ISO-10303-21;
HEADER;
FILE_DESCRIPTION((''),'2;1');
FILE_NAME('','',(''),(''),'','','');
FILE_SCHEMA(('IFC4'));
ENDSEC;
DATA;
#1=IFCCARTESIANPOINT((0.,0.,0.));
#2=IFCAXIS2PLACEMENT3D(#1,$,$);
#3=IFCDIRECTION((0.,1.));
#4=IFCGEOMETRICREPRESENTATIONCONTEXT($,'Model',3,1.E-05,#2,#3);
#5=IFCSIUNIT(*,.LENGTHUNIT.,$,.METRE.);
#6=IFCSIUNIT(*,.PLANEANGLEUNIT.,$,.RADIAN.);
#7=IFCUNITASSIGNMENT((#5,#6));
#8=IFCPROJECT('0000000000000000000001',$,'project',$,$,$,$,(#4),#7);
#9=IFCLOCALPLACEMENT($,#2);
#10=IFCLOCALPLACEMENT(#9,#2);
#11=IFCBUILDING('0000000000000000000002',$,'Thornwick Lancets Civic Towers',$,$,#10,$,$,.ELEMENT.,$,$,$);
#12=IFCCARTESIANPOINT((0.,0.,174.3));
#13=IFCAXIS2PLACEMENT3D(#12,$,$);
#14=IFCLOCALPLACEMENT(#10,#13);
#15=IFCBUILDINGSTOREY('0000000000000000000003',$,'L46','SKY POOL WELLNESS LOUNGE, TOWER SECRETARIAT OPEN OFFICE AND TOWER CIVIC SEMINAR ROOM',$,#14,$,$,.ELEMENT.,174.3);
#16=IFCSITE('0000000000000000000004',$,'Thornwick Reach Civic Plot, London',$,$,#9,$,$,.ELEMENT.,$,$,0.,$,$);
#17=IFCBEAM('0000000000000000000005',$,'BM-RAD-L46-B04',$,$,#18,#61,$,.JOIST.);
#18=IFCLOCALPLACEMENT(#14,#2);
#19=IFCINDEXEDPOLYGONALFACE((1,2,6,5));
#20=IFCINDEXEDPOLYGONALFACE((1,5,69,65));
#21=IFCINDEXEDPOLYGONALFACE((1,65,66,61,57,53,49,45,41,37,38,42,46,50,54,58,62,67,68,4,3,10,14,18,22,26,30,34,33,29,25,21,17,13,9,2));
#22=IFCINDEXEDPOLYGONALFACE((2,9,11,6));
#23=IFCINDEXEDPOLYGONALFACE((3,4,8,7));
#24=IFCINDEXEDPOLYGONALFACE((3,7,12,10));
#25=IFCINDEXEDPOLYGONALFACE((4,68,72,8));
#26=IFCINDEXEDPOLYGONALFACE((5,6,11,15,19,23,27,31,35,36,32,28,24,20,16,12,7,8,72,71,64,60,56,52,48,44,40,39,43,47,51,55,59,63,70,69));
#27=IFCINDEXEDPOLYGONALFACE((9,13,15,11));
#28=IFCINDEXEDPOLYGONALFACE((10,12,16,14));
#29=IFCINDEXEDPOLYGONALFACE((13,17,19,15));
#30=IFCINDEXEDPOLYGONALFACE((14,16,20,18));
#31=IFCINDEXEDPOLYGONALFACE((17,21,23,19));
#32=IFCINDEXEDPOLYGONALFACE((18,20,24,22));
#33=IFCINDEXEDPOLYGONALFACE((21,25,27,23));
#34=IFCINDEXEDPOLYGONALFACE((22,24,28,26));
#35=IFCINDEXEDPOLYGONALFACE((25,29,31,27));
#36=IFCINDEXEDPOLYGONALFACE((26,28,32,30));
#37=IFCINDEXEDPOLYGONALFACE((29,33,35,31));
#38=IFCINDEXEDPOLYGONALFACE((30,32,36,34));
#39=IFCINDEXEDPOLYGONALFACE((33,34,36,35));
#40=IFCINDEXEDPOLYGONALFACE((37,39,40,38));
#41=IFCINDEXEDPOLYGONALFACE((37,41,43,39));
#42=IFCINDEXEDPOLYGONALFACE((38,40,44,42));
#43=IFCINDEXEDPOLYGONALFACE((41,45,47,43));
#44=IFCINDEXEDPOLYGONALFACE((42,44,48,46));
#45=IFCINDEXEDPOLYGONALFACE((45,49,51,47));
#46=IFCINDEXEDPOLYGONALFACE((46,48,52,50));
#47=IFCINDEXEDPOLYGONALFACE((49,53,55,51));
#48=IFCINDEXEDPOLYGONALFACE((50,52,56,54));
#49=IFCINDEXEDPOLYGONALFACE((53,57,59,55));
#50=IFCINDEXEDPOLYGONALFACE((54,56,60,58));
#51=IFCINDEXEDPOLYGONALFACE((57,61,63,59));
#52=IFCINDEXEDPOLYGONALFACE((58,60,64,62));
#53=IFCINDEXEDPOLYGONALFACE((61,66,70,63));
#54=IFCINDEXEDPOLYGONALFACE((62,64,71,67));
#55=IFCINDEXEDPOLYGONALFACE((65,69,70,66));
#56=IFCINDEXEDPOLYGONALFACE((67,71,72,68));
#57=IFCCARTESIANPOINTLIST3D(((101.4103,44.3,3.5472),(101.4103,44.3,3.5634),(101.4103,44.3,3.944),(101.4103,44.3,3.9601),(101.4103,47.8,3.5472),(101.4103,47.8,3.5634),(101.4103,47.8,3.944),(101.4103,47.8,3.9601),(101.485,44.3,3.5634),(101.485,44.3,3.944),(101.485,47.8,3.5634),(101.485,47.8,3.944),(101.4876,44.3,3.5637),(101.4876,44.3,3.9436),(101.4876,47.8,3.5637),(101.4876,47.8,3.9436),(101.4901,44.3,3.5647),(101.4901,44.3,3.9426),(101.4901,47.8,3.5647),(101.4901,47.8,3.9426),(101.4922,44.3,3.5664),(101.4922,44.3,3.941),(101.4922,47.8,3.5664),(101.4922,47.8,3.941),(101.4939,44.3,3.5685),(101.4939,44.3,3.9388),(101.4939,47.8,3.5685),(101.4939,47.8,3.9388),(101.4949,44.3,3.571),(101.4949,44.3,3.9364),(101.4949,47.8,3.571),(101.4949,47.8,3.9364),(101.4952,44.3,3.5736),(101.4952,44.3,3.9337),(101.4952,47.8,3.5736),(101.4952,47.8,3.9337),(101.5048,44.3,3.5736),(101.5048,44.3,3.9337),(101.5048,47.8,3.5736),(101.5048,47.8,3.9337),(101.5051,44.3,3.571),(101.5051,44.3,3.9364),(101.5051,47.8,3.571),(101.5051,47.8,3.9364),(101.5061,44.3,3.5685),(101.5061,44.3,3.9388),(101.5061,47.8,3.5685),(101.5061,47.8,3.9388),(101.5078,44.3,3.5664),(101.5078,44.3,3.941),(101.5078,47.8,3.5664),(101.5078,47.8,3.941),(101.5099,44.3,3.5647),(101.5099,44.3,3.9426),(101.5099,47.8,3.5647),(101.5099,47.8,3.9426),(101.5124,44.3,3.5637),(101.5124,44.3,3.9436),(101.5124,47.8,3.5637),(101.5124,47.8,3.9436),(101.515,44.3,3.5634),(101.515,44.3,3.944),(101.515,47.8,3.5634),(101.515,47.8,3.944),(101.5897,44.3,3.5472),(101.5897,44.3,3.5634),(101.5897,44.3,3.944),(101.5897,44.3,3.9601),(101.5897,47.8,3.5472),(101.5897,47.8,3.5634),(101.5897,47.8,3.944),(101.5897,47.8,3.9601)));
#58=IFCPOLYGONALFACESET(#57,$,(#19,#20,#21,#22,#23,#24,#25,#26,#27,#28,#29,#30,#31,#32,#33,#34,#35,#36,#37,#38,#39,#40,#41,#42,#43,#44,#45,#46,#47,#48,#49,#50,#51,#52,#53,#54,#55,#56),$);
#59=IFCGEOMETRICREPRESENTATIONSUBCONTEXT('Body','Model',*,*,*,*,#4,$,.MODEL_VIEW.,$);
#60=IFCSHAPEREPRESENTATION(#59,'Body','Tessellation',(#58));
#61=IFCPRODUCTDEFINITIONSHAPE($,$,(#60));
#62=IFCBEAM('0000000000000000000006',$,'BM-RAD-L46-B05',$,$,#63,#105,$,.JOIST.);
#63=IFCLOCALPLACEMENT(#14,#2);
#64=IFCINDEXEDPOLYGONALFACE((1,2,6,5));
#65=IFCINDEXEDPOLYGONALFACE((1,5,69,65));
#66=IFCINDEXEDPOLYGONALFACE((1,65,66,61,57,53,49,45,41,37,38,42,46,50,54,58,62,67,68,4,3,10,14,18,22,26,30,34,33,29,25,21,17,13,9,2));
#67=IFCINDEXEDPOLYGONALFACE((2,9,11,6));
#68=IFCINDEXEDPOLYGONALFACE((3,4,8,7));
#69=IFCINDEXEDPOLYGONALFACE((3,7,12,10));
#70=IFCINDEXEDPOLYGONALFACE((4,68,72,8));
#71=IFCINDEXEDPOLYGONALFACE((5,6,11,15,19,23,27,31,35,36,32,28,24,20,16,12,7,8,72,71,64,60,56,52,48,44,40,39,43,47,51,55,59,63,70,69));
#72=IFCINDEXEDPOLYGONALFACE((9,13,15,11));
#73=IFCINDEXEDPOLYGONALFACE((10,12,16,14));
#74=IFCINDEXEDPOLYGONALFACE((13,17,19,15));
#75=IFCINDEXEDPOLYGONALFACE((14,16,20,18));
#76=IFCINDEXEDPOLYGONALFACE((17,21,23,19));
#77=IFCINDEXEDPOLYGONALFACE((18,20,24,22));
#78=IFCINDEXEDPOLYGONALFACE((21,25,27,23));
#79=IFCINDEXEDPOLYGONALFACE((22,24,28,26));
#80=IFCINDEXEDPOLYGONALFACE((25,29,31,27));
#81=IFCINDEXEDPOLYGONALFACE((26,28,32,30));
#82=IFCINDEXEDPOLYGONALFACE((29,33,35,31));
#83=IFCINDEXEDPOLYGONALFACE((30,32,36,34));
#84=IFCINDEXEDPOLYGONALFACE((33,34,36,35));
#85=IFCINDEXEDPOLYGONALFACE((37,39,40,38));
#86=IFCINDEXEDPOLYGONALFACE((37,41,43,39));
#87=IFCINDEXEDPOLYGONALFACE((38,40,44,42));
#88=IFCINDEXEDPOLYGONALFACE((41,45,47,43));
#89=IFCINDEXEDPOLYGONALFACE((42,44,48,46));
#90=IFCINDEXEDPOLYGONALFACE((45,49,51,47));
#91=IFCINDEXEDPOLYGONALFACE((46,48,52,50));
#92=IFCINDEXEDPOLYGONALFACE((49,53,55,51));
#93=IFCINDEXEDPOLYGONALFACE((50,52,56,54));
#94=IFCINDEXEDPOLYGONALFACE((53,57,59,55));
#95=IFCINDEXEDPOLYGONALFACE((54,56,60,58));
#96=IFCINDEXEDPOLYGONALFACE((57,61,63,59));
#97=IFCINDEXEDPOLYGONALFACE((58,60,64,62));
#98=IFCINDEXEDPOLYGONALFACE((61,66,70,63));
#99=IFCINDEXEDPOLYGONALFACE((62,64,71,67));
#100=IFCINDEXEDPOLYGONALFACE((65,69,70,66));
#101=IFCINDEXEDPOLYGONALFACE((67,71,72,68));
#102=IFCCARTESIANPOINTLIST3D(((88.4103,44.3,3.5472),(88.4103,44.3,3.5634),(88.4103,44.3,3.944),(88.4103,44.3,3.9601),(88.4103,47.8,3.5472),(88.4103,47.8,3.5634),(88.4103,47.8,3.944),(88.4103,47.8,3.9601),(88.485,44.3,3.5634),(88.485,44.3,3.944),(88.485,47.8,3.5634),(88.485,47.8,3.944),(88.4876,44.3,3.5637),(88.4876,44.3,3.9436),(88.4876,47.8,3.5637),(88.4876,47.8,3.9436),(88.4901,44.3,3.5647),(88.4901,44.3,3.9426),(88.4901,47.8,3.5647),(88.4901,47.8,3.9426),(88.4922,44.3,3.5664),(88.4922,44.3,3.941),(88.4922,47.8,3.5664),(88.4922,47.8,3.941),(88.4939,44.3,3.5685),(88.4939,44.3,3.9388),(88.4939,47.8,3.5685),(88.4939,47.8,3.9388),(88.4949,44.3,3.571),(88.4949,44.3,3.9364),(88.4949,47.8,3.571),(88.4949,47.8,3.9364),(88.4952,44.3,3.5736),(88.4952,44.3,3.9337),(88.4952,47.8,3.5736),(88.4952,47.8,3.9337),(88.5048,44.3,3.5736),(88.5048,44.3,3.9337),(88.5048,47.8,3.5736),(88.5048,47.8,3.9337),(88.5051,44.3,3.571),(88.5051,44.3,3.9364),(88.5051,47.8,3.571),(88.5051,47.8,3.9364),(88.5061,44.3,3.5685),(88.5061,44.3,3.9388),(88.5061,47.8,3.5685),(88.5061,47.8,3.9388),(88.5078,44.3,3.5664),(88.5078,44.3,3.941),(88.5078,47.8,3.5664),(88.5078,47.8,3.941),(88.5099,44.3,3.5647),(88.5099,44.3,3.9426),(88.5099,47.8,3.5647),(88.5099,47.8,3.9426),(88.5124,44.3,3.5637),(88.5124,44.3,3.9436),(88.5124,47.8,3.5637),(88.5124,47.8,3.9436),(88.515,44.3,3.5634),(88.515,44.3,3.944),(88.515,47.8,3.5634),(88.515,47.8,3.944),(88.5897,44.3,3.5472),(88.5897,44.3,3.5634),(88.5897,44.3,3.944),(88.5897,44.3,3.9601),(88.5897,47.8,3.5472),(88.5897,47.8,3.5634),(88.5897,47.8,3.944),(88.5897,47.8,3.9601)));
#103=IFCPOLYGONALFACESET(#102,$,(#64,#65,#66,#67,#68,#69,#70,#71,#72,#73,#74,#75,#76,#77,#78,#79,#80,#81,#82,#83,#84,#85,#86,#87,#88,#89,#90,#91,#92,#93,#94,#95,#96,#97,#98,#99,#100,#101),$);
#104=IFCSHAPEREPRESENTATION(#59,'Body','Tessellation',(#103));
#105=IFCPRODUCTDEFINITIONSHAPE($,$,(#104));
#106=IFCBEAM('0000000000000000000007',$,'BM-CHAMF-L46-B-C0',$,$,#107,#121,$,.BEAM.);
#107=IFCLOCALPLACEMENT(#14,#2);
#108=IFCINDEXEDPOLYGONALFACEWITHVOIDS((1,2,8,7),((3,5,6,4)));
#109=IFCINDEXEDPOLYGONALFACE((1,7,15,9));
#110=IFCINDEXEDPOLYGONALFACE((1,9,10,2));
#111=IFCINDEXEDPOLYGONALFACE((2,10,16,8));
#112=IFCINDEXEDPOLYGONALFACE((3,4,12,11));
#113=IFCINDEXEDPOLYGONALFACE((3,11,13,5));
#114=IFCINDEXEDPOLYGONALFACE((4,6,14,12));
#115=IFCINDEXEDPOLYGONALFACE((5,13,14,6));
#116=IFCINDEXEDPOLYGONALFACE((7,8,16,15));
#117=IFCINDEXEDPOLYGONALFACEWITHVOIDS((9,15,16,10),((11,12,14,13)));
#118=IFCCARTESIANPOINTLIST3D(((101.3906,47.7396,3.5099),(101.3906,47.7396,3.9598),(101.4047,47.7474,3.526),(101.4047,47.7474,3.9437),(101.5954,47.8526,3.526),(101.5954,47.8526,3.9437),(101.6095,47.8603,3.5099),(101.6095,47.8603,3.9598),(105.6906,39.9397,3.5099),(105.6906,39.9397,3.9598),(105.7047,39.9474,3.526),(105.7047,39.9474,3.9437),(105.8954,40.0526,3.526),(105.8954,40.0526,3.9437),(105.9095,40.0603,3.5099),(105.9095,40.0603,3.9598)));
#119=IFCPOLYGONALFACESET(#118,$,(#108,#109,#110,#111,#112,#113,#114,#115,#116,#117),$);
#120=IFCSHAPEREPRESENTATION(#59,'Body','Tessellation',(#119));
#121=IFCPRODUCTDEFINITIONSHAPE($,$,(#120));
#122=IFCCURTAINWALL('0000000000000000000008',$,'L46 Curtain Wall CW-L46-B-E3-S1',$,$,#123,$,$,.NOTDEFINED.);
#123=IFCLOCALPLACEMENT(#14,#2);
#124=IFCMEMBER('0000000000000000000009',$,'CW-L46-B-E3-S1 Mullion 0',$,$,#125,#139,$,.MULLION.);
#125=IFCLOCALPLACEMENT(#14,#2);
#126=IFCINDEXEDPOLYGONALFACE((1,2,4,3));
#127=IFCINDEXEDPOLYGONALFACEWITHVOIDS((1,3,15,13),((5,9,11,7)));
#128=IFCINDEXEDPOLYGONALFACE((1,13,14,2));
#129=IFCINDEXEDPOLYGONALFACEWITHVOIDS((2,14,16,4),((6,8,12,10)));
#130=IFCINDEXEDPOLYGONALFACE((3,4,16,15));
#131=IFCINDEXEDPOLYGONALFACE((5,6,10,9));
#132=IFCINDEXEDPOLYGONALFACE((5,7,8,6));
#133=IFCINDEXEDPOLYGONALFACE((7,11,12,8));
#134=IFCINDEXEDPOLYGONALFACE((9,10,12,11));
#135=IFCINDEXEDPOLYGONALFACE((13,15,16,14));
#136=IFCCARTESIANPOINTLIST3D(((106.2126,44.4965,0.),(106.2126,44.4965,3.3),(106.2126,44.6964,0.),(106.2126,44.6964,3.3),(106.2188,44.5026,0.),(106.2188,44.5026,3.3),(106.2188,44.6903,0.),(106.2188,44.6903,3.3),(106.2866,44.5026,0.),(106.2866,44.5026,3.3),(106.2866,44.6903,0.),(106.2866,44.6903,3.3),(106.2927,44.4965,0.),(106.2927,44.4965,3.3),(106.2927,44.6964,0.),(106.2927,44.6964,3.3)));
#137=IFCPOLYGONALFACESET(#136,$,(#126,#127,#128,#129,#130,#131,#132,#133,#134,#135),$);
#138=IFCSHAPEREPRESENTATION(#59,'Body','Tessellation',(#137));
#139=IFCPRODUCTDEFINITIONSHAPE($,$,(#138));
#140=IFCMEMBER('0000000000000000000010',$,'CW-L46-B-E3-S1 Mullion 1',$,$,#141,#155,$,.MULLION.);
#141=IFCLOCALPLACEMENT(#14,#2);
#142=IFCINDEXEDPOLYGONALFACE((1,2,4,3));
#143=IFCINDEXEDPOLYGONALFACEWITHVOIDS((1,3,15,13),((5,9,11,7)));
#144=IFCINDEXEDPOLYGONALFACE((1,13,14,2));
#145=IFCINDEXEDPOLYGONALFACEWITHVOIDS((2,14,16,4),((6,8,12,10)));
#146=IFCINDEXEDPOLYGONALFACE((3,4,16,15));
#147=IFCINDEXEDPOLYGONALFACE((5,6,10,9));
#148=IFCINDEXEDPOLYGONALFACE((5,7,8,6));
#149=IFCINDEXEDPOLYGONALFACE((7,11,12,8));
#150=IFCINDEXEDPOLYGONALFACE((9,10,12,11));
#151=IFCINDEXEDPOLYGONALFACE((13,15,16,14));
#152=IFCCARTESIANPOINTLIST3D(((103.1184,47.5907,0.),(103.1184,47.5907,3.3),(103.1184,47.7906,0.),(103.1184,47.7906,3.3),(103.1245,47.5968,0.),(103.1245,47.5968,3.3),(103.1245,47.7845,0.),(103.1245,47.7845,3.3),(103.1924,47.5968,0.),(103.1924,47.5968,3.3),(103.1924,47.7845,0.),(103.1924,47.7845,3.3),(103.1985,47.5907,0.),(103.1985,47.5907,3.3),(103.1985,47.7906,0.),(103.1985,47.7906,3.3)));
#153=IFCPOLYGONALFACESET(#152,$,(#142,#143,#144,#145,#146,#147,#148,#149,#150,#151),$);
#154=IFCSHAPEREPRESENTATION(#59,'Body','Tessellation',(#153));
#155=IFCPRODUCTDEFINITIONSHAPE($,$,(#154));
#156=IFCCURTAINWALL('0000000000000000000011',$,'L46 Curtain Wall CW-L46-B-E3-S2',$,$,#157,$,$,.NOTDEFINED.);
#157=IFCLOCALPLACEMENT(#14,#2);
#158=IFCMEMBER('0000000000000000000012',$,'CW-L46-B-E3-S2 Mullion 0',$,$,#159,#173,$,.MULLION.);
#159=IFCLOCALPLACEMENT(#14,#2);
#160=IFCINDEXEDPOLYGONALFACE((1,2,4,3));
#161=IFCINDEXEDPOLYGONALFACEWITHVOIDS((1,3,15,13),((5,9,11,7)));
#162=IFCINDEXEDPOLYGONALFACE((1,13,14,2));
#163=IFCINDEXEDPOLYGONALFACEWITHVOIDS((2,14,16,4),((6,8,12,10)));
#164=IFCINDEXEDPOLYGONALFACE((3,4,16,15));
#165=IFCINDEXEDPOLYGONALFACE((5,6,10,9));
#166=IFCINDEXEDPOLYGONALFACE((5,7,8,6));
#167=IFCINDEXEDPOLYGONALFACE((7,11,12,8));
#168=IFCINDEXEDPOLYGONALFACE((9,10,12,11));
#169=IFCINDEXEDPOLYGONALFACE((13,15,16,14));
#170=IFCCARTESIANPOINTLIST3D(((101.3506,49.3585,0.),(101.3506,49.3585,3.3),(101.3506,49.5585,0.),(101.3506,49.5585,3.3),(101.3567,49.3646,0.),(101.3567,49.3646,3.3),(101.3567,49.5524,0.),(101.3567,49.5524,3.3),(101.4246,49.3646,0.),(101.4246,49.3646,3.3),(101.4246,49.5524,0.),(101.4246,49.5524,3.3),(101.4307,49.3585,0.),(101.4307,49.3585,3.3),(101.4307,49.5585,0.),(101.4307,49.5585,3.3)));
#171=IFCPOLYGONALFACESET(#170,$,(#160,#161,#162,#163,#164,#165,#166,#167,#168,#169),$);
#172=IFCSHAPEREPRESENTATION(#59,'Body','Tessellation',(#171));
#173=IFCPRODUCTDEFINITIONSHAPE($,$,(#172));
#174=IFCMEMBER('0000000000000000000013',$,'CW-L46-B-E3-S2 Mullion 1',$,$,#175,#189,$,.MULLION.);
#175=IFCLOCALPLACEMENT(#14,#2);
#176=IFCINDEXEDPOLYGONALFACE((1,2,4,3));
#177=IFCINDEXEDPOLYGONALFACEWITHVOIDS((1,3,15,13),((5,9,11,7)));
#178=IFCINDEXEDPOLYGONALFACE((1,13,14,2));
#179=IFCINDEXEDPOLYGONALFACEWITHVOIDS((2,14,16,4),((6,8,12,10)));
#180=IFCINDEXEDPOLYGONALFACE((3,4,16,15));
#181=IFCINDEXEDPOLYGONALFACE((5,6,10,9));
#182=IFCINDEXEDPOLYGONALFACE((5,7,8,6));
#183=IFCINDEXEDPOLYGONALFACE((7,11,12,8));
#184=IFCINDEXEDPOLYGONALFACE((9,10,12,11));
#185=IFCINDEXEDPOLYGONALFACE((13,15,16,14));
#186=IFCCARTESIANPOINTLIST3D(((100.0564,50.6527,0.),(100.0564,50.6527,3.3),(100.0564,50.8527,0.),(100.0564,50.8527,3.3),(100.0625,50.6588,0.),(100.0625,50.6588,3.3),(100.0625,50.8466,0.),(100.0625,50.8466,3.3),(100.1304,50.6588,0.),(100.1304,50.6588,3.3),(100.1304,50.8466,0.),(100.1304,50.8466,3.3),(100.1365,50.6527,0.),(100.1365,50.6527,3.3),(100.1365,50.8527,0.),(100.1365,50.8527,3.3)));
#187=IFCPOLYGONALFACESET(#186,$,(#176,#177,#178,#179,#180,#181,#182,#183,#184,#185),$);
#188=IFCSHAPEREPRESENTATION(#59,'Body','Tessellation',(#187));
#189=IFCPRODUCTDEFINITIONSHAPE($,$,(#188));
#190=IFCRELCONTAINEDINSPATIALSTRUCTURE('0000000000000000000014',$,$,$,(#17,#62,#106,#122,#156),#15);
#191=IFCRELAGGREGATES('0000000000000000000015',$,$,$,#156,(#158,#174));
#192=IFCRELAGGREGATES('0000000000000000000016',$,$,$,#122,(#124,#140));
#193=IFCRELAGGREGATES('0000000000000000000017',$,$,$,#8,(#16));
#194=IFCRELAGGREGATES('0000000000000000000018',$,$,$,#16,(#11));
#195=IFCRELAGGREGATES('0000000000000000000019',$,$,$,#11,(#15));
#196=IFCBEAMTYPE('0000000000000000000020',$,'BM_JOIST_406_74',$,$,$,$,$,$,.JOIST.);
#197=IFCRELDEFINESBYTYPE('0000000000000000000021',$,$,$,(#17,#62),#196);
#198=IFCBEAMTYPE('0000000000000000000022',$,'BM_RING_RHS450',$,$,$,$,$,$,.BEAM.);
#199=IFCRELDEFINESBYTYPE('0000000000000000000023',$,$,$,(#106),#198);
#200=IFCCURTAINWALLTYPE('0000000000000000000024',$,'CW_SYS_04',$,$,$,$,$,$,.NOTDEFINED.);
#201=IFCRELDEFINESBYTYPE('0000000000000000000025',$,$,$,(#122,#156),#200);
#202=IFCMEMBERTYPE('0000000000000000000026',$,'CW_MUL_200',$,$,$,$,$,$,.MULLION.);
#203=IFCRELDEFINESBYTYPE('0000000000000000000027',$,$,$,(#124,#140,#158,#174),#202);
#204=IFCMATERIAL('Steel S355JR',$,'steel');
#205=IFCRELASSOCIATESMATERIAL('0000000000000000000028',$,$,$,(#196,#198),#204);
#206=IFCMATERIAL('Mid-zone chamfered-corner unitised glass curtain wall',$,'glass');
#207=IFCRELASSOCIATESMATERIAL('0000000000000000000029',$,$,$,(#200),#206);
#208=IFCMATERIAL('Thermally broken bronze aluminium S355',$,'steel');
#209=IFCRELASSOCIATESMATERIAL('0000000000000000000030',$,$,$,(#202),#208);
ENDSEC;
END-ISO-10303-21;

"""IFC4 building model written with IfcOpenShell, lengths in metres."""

from ifc_helpers import new_model, si_unit, direction, frame, origin, origin_2d, place, context, subcontext, project, spatial, hollow_rectangle, i_section, extrude, material, material_profile, profile_set, type_object, element, aggregate, save


model = new_model("IFC4")

# Units and contexts
model_context = context("Model", 3, precision=1e-05, world=origin(), true_north=direction((0.0, 1.0)))
body_context = subcontext(model_context, "Body", "Model", "MODEL_VIEW")
ifc_project = project(units=[si_unit("LENGTHUNIT", "METRE"), si_unit("PLANEANGLEUNIT", "RADIAN")], contexts=[model_context])

# Site, building, storey
site_placement = place(None, origin())
site = spatial("IfcSite", under=ifc_project, at=site_placement, Name="Thornwick Reach Civic Plot, London", CompositionType="ELEMENT", RefElevation=0.0)
building_placement = place(site_placement, origin())
building = spatial("IfcBuilding", under=site, at=building_placement, Name="Thornwick Lancets Civic Towers", CompositionType="ELEMENT")
storey_placement = place(building_placement, frame((0.0, 0.0, 174.3)))
storey = spatial("IfcBuildingStorey", under=building, at=storey_placement, Name="L46", Description="SKY POOL WELLNESS LOUNGE, TOWER SECRETARIAT OPEN OFFICE AND TOWER CIVIC SEMINAR ROOM", CompositionType="ELEMENT", Elevation=174.3)

# Beams
ifc_material_1 = material(Name="Steel S355JR", Category="steel")
ifc_material_profile_1 = material_profile(ifc_material_1, i_section(OverallWidth=0.1794, OverallDepth=0.4128, WebThickness=0.0095, FlangeThickness=0.0161, FilletRadius=0.0103, at=origin_2d()), Name="UKB 406x178x74")
ifc_profile_set_1 = profile_set([ifc_material_profile_1], Name="Steel S355JR")
beam_type_1 = type_object("IfcBeamType", Name="BM_JOIST_406_74", PredefinedType="JOIST", material=ifc_profile_set_1)
for number, where, z_axis, x_axis, name in (
    (1, (101.5, 44.3, 3.7537), (0.0, 1.0, 0.0), (-1.0, 0.0, 0.0), "BM-RAD-L46-B04"),
    (2, (88.5, 44.3, 3.7537), (0.0, 1.0, 0.0), (-1.0, 0.0, 0.0), "BM-RAD-L46-B05"),
):
    element("IfcBeam", number, at=place(storey_placement, frame(where, z_axis=z_axis, x_axis=x_axis)), inside=storey, type_object=beam_type_1, Name=name, PredefinedType="JOIST", context=body_context, shape_type="SweptSolid", body=[
        extrude(i_section(OverallWidth=0.1794, OverallDepth=0.4128, WebThickness=0.0095, FlangeThickness=0.0161, FilletRadius=0.0103, at=origin_2d()), origin(), (0.0, 0.0, 1.0), 3.5),
    ])
ifc_material_profile_2 = material_profile(ifc_material_1, hollow_rectangle(XDim=0.25, YDim=0.45, WallThickness=0.0161, at=origin_2d()), Name="RHS 450x250x16")
ifc_profile_set_2 = profile_set([ifc_material_profile_2], Name="Steel S355JR")
beam_type_2 = type_object("IfcBeamType", Name="BM_RING_RHS450", PredefinedType="BEAM", material=ifc_profile_set_2)
beam_1_placement = place(storey_placement, frame((105.8, 40.0, 3.7349), z_axis=(-0.482782, 0.87574, 0.0), x_axis=(-0.87574, -0.482782, 0.0)))
element("IfcBeam", 3, at=beam_1_placement, inside=storey, type_object=beam_type_2, Name="BM-CHAMF-L46-B-C0", PredefinedType="BEAM", context=body_context, shape_type="SweptSolid", body=[
    extrude(hollow_rectangle(XDim=0.25, YDim=0.45, WallThickness=0.0161, at=origin_2d()), origin(), (0.0, 0.0, 1.0), 8.9067),
])

# Curtain walls, members
ifc_material_2 = material(Name="Mid-zone chamfered-corner unitised glass curtain wall", Category="glass")
curtain_wall_type = type_object("IfcCurtainWallType", Name="CW_SYS_04", PredefinedType="NOTDEFINED", material=ifc_material_2)
curtain_wall_1_placement = place(storey_placement, origin())
curtain_wall_1 = element("IfcCurtainWall", 4, at=curtain_wall_1_placement, inside=storey, type_object=curtain_wall_type, Name="L46 Curtain Wall CW-L46-B-E3-S1", PredefinedType="NOTDEFINED")
ifc_material_3 = material(Name="Thermally broken bronze aluminium S355", Category="steel")
ifc_material_profile_3 = material_profile(ifc_material_3, hollow_rectangle(XDim=0.0801, YDim=0.2, WallThickness=0.0061, at=origin_2d()), Name="RHS 200x80x6")
ifc_profile_set_3 = profile_set([ifc_material_profile_3], Name="Thermally broken bronze aluminium S355")
member_type_1 = type_object("IfcMemberType", Name="CW_MUL_200", PredefinedType="MULLION", material=ifc_profile_set_3)
member_1_placement = place(storey_placement, frame((106.2527, 44.5964, 0.0), z_axis=(0.0, 0.0, 1.0), x_axis=(1.0, 0.0, 0.0)))
member_1 = element("IfcMember", 5, at=member_1_placement, type_object=member_type_1, Name="CW-L46-B-E3-S1 Mullion 0", PredefinedType="MULLION", context=body_context, shape_type="SweptSolid", body=[
    extrude(hollow_rectangle(XDim=0.0801, YDim=0.2, WallThickness=0.0061, at=origin_2d()), origin(), (0.0, 0.0, 1.0), 3.3),
])
member_2_placement = place(storey_placement, frame((103.1584, 47.6907, 0.0), z_axis=(0.0, 0.0, 1.0), x_axis=(1.0, 0.0, 0.0)))
member_2 = element("IfcMember", 6, at=member_2_placement, type_object=member_type_1, Name="CW-L46-B-E3-S1 Mullion 1", PredefinedType="MULLION", context=body_context, shape_type="SweptSolid", body=[
    extrude(hollow_rectangle(XDim=0.0801, YDim=0.2, WallThickness=0.0061, at=origin_2d()), origin(), (0.0, 0.0, 1.0), 3.3),
])
curtain_wall_2_placement = place(storey_placement, origin())
curtain_wall_2 = element("IfcCurtainWall", 7, at=curtain_wall_2_placement, inside=storey, type_object=curtain_wall_type, Name="L46 Curtain Wall CW-L46-B-E3-S2", PredefinedType="NOTDEFINED")
member_3_placement = place(storey_placement, frame((101.3906, 49.4585, 0.0), z_axis=(0.0, 0.0, 1.0), x_axis=(1.0, 0.0, 0.0)))
member_3 = element("IfcMember", 8, at=member_3_placement, type_object=member_type_1, Name="CW-L46-B-E3-S2 Mullion 0", PredefinedType="MULLION", context=body_context, shape_type="SweptSolid", body=[
    extrude(hollow_rectangle(XDim=0.0801, YDim=0.2, WallThickness=0.0061, at=origin_2d()), origin(), (0.0, 0.0, 1.0), 3.3),
])
member_4_placement = place(storey_placement, frame((100.0964, 50.7527, 0.0), z_axis=(0.0, 0.0, 1.0), x_axis=(1.0, 0.0, 0.0)))
member_4 = element("IfcMember", 9, at=member_4_placement, type_object=member_type_1, Name="CW-L46-B-E3-S2 Mullion 1", PredefinedType="MULLION", context=body_context, shape_type="SweptSolid", body=[
    extrude(hollow_rectangle(XDim=0.0801, YDim=0.2, WallThickness=0.0061, at=origin_2d()), origin(), (0.0, 0.0, 1.0), 3.3),
])

aggregate(curtain_wall_2, [member_3, member_4])
aggregate(curtain_wall_1, [member_1, member_2])

save(model, "model.ifc")
